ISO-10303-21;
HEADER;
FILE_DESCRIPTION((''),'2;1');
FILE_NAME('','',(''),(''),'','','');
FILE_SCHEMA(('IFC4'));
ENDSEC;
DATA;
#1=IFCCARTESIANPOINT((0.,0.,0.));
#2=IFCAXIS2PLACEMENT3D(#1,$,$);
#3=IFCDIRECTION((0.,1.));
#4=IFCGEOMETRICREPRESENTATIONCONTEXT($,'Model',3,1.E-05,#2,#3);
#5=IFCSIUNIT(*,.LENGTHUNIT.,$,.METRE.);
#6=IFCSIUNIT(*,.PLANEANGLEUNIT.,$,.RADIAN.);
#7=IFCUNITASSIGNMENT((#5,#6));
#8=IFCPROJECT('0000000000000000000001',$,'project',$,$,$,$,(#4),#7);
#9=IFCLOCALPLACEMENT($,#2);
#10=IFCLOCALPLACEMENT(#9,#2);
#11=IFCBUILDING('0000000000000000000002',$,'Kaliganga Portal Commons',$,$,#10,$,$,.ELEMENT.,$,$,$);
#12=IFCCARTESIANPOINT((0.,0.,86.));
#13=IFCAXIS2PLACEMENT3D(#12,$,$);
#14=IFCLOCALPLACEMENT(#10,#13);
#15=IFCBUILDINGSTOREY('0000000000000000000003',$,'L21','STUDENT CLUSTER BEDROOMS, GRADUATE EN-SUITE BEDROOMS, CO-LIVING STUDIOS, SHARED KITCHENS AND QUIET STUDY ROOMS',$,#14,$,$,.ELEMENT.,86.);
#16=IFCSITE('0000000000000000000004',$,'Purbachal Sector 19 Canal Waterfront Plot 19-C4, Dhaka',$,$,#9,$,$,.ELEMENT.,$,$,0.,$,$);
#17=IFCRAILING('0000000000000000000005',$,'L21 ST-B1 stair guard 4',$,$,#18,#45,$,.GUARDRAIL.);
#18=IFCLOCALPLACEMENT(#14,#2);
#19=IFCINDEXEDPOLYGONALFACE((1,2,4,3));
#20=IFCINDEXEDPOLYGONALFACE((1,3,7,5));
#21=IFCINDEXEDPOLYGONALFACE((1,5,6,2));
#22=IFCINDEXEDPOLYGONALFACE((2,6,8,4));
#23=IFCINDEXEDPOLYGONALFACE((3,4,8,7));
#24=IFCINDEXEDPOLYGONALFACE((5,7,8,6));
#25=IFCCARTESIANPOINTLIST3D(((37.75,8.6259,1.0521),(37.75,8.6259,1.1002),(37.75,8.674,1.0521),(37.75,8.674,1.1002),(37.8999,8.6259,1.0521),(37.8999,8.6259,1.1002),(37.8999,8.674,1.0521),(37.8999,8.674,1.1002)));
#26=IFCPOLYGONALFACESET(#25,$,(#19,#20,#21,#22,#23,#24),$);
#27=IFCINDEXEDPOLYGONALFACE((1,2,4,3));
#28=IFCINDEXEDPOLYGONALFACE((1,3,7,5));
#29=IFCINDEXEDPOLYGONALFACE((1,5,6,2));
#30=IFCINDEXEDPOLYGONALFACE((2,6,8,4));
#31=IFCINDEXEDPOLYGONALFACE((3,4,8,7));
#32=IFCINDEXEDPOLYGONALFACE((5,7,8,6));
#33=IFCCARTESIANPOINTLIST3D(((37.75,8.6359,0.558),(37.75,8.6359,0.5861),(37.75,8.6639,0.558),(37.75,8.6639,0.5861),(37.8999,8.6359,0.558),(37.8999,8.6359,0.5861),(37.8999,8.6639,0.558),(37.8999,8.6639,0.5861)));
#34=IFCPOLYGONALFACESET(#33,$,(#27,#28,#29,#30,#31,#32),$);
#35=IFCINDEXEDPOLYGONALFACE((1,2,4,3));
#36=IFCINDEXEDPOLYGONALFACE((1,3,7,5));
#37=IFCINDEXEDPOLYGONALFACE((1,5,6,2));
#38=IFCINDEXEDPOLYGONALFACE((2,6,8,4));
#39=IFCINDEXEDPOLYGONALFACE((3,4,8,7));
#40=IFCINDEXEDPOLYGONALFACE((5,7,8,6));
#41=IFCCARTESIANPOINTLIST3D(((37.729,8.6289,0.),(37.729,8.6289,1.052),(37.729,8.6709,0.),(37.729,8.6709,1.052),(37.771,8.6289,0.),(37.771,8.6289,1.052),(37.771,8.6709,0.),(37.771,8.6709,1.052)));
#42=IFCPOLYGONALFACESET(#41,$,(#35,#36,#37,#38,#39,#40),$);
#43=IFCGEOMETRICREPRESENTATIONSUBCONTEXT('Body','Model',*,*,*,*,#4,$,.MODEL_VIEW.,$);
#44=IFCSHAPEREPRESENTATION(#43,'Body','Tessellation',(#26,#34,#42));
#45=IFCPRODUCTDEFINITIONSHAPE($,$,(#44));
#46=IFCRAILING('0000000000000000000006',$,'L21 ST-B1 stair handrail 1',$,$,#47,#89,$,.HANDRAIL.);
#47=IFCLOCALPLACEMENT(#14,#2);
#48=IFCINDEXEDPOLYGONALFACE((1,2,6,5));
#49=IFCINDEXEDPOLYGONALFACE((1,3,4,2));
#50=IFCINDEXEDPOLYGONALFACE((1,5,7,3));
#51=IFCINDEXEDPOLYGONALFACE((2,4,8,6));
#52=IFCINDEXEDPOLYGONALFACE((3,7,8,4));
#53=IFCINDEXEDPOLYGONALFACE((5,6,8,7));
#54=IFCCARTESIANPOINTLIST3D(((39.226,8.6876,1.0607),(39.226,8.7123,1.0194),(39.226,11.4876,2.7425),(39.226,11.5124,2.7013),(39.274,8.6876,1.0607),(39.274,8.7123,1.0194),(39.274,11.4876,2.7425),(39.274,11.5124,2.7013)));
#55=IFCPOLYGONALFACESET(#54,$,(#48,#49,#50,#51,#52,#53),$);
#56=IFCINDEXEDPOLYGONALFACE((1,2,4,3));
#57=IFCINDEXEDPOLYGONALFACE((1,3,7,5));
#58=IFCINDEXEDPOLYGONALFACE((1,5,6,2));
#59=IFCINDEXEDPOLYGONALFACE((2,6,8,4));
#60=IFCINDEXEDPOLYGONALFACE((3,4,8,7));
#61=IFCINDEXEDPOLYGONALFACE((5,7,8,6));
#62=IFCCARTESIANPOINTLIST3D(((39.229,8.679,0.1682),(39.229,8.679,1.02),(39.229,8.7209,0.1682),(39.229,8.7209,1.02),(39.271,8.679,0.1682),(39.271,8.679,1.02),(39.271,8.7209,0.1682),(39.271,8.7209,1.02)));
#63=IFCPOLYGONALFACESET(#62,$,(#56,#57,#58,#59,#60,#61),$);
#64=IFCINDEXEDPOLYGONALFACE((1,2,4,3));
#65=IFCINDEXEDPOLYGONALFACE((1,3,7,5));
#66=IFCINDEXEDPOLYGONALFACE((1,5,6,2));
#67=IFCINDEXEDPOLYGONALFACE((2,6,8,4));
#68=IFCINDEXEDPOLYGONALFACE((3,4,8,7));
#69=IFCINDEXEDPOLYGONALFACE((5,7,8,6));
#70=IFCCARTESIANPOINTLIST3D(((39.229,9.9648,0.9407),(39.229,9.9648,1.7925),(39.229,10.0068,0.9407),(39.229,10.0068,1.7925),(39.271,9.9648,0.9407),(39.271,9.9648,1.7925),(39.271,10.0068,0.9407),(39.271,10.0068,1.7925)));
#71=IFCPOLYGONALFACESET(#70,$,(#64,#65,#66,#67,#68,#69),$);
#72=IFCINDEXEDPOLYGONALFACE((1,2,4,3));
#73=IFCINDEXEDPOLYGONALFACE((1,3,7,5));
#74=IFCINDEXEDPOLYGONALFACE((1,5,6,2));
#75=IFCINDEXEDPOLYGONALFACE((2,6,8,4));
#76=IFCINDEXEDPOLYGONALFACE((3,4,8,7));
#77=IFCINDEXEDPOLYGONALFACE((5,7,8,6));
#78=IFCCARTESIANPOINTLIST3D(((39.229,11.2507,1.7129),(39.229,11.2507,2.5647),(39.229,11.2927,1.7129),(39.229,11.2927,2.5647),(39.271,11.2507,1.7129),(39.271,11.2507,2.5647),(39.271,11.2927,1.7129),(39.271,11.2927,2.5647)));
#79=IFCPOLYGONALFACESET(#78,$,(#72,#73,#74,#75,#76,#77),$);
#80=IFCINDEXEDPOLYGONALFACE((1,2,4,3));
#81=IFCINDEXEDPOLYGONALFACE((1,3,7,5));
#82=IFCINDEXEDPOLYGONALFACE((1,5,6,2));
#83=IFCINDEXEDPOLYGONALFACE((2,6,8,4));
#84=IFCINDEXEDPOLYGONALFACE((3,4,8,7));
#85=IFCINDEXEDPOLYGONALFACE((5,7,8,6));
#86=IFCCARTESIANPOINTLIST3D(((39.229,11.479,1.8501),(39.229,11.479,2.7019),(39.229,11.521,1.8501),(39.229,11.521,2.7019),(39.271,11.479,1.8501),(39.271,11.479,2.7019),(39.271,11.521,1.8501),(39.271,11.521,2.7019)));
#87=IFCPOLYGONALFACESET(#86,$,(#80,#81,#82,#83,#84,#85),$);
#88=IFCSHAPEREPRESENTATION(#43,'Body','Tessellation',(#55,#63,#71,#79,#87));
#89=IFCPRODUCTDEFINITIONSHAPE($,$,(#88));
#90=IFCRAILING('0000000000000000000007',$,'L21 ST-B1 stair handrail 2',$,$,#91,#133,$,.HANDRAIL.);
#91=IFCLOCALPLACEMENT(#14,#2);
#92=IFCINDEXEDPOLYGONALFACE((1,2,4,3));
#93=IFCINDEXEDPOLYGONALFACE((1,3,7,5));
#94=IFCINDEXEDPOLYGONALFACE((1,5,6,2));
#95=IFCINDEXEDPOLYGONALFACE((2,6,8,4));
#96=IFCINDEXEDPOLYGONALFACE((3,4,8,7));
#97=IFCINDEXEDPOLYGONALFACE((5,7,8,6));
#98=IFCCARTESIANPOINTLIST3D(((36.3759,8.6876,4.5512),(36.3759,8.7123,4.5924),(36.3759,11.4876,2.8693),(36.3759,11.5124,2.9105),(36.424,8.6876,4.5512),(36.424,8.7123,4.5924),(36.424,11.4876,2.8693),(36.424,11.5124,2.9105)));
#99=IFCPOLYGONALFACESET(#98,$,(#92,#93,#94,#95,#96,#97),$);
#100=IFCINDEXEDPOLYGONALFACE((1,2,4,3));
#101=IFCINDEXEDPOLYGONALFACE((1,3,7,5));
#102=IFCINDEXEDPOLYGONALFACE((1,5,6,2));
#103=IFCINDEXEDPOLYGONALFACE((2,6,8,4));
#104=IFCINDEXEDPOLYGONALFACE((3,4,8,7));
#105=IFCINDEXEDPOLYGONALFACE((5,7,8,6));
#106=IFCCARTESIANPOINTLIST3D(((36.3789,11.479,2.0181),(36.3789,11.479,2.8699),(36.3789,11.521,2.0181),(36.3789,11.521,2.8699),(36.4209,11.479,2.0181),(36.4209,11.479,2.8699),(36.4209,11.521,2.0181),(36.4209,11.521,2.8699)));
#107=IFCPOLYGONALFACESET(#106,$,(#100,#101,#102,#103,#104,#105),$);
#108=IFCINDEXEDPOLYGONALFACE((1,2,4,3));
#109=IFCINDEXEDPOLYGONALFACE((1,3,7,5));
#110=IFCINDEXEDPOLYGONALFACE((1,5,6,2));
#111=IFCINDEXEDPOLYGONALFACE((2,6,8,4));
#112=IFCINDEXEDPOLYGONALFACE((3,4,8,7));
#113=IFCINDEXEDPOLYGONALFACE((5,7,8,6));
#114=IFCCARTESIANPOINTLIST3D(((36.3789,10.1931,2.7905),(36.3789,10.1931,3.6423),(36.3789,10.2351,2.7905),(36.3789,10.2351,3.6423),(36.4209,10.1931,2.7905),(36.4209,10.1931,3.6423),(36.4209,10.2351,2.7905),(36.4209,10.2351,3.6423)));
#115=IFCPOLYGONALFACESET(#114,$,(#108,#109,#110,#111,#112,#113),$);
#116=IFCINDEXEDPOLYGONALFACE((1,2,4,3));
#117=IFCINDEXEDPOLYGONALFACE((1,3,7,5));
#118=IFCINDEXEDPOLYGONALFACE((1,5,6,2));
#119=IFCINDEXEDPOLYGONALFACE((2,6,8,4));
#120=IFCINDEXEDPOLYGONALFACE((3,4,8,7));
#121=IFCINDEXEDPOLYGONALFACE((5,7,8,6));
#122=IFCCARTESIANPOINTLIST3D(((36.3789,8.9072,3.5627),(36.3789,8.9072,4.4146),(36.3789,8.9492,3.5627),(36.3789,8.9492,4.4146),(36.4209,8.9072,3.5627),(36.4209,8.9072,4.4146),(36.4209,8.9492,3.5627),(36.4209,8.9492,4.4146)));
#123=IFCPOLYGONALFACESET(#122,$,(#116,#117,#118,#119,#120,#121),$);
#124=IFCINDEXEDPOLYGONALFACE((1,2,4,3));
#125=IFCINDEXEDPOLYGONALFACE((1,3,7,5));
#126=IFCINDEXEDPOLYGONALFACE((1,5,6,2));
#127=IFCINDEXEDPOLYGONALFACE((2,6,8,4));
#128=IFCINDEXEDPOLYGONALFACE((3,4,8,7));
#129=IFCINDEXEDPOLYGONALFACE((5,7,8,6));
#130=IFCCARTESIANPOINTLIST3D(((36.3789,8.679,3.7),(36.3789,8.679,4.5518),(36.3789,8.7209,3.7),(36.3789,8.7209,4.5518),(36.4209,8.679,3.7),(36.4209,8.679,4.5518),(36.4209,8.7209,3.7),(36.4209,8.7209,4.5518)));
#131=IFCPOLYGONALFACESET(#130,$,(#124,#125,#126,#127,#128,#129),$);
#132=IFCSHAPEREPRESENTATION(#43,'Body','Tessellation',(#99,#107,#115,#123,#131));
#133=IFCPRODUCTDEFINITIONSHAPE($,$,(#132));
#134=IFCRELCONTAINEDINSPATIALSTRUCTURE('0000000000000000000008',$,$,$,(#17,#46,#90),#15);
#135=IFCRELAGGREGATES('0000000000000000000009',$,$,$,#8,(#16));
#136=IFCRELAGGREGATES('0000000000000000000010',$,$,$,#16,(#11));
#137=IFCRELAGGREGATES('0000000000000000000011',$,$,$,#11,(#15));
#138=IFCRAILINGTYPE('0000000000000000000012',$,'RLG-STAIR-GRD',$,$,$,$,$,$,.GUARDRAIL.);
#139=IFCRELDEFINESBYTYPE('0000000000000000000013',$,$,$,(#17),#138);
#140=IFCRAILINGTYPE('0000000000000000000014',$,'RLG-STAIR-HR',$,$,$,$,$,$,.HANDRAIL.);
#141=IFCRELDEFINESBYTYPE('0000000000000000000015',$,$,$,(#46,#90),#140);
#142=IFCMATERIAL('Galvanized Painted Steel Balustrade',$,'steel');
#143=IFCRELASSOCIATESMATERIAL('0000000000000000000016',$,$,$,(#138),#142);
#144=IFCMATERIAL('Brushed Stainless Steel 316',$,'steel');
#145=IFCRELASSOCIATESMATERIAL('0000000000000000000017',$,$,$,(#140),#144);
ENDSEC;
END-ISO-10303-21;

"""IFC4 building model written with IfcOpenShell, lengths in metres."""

from ifc_helpers import new_model, si_unit, direction, frame, origin, origin_2d, place, context, subcontext, project, spatial, rectangle, extrude, material, type_object, element, save


model = new_model("IFC4")

# Units and contexts
model_context = context("Model", 3, precision=1e-05, world=origin(), true_north=direction((0.0, 1.0)))
body_context = subcontext(model_context, "Body", "Model", "MODEL_VIEW")
ifc_project = project(units=[si_unit("LENGTHUNIT", "METRE"), si_unit("PLANEANGLEUNIT", "RADIAN")], contexts=[model_context])

# Site, building, storey
site_placement = place(None, origin())
site = spatial("IfcSite", under=ifc_project, at=site_placement, Name="Purbachal Sector 19 Canal Waterfront Plot 19-C4, Dhaka", CompositionType="ELEMENT", RefElevation=0.0)
building_placement = place(site_placement, origin())
building = spatial("IfcBuilding", under=site, at=building_placement, Name="Kaliganga Portal Commons", CompositionType="ELEMENT")
storey_placement = place(building_placement, frame((0.0, 0.0, 86.0)))
storey = spatial("IfcBuildingStorey", under=building, at=storey_placement, Name="L21", Description="STUDENT CLUSTER BEDROOMS, GRADUATE EN-SUITE BEDROOMS, CO-LIVING STUDIOS, SHARED KITCHENS AND QUIET STUDY ROOMS", CompositionType="ELEMENT", Elevation=86.0)

# Railings
ifc_material_1 = material(Name="Galvanized Painted Steel Balustrade", Category="steel")
railing_type_1 = type_object("IfcRailingType", Name="RLG-STAIR-GRD", PredefinedType="GUARDRAIL", material=ifc_material_1)
railing_1_placement = place(storey_placement, frame((37.8999, 8.6499, 0.0)))
element("IfcRailing", 1, at=railing_1_placement, inside=storey, type_object=railing_type_1, Name="L21 ST-B1 stair guard 4", PredefinedType="GUARDRAIL", context=body_context, shape_type="SweptSolid", body=[
    extrude(rectangle(XDim=0.0481, YDim=0.0481, at=origin_2d()), frame((0.0, 0.0, 1.0762), z_axis=(-1.0, 0.0, 0.0), x_axis=(0.0, -1.0, 0.0)), (0.0, 0.0, 1.0), 0.1499),
    extrude(rectangle(XDim=0.0281, YDim=0.0281, at=origin_2d()), frame((0.0, 0.0, 0.572), z_axis=(-1.0, 0.0, 0.0), x_axis=(0.0, -1.0, 0.0)), (0.0, 0.0, 1.0), 0.1499),
    extrude(rectangle(XDim=0.042, YDim=0.042, at=origin_2d()), frame((-0.1499, 0.0, 0.0)), (0.0, 0.0, 1.0), 1.052),
])
ifc_material_2 = material(Name="Brushed Stainless Steel 316", Category="steel")
railing_type_2 = type_object("IfcRailingType", Name="RLG-STAIR-HR", PredefinedType="HANDRAIL", material=ifc_material_2)
railing_2_placement = place(storey_placement, frame((39.25, 8.7, 0.1682)))
element("IfcRailing", 2, at=railing_2_placement, inside=storey, type_object=railing_type_2, Name="L21 ST-B1 stair handrail 1", PredefinedType="HANDRAIL", context=body_context, shape_type="SweptSolid", body=[
    extrude(rectangle(XDim=0.0481, YDim=0.0481, at=origin_2d()), frame((0.0, 0.0, 0.8718), z_axis=(0.0, 0.857242, 0.514913), x_axis=(-1.0, 0.0, 0.0)), (0.0, 0.0, 1.0), 3.2664),
    extrude(rectangle(XDim=0.042, YDim=0.042, at=origin_2d()), origin(), (0.0, 0.0, 1.0), 0.8518),
    extrude(rectangle(XDim=0.042, YDim=0.042, at=origin_2d()), frame((0.0, 1.2859, 0.7725)), (0.0, 0.0, 1.0), 0.8518),
    extrude(rectangle(XDim=0.042, YDim=0.042, at=origin_2d()), frame((0.0, 2.5718, 1.5447)), (0.0, 0.0, 1.0), 0.8518),
    extrude(rectangle(XDim=0.042, YDim=0.042, at=origin_2d()), frame((0.0, 2.8, 1.6819)), (0.0, 0.0, 1.0), 0.8518),
])
railing_3_placement = place(storey_placement, frame((36.3999, 11.5, 2.0181)))
element("IfcRailing", 3, at=railing_3_placement, inside=storey, type_object=railing_type_2, Name="L21 ST-B1 stair handrail 2", PredefinedType="HANDRAIL", context=body_context, shape_type="SweptSolid", body=[
    extrude(rectangle(XDim=0.0481, YDim=0.0481, at=origin_2d()), frame((0.0, 0.0, 0.8718), z_axis=(0.0, -0.857242, 0.514913), x_axis=(1.0, 0.0, 0.0)), (0.0, 0.0, 1.0), 3.2664),
    extrude(rectangle(XDim=0.042, YDim=0.042, at=origin_2d()), origin(), (0.0, 0.0, 1.0), 0.8518),
    extrude(rectangle(XDim=0.042, YDim=0.042, at=origin_2d()), frame((0.0, -1.2859, 0.7725)), (0.0, 0.0, 1.0), 0.8518),
    extrude(rectangle(XDim=0.042, YDim=0.042, at=origin_2d()), frame((0.0, -2.5718, 1.5447)), (0.0, 0.0, 1.0), 0.8518),
    extrude(rectangle(XDim=0.042, YDim=0.042, at=origin_2d()), frame((0.0, -2.8, 1.6819)), (0.0, 0.0, 1.0), 0.8518),
])

save(model, "model.ifc")
